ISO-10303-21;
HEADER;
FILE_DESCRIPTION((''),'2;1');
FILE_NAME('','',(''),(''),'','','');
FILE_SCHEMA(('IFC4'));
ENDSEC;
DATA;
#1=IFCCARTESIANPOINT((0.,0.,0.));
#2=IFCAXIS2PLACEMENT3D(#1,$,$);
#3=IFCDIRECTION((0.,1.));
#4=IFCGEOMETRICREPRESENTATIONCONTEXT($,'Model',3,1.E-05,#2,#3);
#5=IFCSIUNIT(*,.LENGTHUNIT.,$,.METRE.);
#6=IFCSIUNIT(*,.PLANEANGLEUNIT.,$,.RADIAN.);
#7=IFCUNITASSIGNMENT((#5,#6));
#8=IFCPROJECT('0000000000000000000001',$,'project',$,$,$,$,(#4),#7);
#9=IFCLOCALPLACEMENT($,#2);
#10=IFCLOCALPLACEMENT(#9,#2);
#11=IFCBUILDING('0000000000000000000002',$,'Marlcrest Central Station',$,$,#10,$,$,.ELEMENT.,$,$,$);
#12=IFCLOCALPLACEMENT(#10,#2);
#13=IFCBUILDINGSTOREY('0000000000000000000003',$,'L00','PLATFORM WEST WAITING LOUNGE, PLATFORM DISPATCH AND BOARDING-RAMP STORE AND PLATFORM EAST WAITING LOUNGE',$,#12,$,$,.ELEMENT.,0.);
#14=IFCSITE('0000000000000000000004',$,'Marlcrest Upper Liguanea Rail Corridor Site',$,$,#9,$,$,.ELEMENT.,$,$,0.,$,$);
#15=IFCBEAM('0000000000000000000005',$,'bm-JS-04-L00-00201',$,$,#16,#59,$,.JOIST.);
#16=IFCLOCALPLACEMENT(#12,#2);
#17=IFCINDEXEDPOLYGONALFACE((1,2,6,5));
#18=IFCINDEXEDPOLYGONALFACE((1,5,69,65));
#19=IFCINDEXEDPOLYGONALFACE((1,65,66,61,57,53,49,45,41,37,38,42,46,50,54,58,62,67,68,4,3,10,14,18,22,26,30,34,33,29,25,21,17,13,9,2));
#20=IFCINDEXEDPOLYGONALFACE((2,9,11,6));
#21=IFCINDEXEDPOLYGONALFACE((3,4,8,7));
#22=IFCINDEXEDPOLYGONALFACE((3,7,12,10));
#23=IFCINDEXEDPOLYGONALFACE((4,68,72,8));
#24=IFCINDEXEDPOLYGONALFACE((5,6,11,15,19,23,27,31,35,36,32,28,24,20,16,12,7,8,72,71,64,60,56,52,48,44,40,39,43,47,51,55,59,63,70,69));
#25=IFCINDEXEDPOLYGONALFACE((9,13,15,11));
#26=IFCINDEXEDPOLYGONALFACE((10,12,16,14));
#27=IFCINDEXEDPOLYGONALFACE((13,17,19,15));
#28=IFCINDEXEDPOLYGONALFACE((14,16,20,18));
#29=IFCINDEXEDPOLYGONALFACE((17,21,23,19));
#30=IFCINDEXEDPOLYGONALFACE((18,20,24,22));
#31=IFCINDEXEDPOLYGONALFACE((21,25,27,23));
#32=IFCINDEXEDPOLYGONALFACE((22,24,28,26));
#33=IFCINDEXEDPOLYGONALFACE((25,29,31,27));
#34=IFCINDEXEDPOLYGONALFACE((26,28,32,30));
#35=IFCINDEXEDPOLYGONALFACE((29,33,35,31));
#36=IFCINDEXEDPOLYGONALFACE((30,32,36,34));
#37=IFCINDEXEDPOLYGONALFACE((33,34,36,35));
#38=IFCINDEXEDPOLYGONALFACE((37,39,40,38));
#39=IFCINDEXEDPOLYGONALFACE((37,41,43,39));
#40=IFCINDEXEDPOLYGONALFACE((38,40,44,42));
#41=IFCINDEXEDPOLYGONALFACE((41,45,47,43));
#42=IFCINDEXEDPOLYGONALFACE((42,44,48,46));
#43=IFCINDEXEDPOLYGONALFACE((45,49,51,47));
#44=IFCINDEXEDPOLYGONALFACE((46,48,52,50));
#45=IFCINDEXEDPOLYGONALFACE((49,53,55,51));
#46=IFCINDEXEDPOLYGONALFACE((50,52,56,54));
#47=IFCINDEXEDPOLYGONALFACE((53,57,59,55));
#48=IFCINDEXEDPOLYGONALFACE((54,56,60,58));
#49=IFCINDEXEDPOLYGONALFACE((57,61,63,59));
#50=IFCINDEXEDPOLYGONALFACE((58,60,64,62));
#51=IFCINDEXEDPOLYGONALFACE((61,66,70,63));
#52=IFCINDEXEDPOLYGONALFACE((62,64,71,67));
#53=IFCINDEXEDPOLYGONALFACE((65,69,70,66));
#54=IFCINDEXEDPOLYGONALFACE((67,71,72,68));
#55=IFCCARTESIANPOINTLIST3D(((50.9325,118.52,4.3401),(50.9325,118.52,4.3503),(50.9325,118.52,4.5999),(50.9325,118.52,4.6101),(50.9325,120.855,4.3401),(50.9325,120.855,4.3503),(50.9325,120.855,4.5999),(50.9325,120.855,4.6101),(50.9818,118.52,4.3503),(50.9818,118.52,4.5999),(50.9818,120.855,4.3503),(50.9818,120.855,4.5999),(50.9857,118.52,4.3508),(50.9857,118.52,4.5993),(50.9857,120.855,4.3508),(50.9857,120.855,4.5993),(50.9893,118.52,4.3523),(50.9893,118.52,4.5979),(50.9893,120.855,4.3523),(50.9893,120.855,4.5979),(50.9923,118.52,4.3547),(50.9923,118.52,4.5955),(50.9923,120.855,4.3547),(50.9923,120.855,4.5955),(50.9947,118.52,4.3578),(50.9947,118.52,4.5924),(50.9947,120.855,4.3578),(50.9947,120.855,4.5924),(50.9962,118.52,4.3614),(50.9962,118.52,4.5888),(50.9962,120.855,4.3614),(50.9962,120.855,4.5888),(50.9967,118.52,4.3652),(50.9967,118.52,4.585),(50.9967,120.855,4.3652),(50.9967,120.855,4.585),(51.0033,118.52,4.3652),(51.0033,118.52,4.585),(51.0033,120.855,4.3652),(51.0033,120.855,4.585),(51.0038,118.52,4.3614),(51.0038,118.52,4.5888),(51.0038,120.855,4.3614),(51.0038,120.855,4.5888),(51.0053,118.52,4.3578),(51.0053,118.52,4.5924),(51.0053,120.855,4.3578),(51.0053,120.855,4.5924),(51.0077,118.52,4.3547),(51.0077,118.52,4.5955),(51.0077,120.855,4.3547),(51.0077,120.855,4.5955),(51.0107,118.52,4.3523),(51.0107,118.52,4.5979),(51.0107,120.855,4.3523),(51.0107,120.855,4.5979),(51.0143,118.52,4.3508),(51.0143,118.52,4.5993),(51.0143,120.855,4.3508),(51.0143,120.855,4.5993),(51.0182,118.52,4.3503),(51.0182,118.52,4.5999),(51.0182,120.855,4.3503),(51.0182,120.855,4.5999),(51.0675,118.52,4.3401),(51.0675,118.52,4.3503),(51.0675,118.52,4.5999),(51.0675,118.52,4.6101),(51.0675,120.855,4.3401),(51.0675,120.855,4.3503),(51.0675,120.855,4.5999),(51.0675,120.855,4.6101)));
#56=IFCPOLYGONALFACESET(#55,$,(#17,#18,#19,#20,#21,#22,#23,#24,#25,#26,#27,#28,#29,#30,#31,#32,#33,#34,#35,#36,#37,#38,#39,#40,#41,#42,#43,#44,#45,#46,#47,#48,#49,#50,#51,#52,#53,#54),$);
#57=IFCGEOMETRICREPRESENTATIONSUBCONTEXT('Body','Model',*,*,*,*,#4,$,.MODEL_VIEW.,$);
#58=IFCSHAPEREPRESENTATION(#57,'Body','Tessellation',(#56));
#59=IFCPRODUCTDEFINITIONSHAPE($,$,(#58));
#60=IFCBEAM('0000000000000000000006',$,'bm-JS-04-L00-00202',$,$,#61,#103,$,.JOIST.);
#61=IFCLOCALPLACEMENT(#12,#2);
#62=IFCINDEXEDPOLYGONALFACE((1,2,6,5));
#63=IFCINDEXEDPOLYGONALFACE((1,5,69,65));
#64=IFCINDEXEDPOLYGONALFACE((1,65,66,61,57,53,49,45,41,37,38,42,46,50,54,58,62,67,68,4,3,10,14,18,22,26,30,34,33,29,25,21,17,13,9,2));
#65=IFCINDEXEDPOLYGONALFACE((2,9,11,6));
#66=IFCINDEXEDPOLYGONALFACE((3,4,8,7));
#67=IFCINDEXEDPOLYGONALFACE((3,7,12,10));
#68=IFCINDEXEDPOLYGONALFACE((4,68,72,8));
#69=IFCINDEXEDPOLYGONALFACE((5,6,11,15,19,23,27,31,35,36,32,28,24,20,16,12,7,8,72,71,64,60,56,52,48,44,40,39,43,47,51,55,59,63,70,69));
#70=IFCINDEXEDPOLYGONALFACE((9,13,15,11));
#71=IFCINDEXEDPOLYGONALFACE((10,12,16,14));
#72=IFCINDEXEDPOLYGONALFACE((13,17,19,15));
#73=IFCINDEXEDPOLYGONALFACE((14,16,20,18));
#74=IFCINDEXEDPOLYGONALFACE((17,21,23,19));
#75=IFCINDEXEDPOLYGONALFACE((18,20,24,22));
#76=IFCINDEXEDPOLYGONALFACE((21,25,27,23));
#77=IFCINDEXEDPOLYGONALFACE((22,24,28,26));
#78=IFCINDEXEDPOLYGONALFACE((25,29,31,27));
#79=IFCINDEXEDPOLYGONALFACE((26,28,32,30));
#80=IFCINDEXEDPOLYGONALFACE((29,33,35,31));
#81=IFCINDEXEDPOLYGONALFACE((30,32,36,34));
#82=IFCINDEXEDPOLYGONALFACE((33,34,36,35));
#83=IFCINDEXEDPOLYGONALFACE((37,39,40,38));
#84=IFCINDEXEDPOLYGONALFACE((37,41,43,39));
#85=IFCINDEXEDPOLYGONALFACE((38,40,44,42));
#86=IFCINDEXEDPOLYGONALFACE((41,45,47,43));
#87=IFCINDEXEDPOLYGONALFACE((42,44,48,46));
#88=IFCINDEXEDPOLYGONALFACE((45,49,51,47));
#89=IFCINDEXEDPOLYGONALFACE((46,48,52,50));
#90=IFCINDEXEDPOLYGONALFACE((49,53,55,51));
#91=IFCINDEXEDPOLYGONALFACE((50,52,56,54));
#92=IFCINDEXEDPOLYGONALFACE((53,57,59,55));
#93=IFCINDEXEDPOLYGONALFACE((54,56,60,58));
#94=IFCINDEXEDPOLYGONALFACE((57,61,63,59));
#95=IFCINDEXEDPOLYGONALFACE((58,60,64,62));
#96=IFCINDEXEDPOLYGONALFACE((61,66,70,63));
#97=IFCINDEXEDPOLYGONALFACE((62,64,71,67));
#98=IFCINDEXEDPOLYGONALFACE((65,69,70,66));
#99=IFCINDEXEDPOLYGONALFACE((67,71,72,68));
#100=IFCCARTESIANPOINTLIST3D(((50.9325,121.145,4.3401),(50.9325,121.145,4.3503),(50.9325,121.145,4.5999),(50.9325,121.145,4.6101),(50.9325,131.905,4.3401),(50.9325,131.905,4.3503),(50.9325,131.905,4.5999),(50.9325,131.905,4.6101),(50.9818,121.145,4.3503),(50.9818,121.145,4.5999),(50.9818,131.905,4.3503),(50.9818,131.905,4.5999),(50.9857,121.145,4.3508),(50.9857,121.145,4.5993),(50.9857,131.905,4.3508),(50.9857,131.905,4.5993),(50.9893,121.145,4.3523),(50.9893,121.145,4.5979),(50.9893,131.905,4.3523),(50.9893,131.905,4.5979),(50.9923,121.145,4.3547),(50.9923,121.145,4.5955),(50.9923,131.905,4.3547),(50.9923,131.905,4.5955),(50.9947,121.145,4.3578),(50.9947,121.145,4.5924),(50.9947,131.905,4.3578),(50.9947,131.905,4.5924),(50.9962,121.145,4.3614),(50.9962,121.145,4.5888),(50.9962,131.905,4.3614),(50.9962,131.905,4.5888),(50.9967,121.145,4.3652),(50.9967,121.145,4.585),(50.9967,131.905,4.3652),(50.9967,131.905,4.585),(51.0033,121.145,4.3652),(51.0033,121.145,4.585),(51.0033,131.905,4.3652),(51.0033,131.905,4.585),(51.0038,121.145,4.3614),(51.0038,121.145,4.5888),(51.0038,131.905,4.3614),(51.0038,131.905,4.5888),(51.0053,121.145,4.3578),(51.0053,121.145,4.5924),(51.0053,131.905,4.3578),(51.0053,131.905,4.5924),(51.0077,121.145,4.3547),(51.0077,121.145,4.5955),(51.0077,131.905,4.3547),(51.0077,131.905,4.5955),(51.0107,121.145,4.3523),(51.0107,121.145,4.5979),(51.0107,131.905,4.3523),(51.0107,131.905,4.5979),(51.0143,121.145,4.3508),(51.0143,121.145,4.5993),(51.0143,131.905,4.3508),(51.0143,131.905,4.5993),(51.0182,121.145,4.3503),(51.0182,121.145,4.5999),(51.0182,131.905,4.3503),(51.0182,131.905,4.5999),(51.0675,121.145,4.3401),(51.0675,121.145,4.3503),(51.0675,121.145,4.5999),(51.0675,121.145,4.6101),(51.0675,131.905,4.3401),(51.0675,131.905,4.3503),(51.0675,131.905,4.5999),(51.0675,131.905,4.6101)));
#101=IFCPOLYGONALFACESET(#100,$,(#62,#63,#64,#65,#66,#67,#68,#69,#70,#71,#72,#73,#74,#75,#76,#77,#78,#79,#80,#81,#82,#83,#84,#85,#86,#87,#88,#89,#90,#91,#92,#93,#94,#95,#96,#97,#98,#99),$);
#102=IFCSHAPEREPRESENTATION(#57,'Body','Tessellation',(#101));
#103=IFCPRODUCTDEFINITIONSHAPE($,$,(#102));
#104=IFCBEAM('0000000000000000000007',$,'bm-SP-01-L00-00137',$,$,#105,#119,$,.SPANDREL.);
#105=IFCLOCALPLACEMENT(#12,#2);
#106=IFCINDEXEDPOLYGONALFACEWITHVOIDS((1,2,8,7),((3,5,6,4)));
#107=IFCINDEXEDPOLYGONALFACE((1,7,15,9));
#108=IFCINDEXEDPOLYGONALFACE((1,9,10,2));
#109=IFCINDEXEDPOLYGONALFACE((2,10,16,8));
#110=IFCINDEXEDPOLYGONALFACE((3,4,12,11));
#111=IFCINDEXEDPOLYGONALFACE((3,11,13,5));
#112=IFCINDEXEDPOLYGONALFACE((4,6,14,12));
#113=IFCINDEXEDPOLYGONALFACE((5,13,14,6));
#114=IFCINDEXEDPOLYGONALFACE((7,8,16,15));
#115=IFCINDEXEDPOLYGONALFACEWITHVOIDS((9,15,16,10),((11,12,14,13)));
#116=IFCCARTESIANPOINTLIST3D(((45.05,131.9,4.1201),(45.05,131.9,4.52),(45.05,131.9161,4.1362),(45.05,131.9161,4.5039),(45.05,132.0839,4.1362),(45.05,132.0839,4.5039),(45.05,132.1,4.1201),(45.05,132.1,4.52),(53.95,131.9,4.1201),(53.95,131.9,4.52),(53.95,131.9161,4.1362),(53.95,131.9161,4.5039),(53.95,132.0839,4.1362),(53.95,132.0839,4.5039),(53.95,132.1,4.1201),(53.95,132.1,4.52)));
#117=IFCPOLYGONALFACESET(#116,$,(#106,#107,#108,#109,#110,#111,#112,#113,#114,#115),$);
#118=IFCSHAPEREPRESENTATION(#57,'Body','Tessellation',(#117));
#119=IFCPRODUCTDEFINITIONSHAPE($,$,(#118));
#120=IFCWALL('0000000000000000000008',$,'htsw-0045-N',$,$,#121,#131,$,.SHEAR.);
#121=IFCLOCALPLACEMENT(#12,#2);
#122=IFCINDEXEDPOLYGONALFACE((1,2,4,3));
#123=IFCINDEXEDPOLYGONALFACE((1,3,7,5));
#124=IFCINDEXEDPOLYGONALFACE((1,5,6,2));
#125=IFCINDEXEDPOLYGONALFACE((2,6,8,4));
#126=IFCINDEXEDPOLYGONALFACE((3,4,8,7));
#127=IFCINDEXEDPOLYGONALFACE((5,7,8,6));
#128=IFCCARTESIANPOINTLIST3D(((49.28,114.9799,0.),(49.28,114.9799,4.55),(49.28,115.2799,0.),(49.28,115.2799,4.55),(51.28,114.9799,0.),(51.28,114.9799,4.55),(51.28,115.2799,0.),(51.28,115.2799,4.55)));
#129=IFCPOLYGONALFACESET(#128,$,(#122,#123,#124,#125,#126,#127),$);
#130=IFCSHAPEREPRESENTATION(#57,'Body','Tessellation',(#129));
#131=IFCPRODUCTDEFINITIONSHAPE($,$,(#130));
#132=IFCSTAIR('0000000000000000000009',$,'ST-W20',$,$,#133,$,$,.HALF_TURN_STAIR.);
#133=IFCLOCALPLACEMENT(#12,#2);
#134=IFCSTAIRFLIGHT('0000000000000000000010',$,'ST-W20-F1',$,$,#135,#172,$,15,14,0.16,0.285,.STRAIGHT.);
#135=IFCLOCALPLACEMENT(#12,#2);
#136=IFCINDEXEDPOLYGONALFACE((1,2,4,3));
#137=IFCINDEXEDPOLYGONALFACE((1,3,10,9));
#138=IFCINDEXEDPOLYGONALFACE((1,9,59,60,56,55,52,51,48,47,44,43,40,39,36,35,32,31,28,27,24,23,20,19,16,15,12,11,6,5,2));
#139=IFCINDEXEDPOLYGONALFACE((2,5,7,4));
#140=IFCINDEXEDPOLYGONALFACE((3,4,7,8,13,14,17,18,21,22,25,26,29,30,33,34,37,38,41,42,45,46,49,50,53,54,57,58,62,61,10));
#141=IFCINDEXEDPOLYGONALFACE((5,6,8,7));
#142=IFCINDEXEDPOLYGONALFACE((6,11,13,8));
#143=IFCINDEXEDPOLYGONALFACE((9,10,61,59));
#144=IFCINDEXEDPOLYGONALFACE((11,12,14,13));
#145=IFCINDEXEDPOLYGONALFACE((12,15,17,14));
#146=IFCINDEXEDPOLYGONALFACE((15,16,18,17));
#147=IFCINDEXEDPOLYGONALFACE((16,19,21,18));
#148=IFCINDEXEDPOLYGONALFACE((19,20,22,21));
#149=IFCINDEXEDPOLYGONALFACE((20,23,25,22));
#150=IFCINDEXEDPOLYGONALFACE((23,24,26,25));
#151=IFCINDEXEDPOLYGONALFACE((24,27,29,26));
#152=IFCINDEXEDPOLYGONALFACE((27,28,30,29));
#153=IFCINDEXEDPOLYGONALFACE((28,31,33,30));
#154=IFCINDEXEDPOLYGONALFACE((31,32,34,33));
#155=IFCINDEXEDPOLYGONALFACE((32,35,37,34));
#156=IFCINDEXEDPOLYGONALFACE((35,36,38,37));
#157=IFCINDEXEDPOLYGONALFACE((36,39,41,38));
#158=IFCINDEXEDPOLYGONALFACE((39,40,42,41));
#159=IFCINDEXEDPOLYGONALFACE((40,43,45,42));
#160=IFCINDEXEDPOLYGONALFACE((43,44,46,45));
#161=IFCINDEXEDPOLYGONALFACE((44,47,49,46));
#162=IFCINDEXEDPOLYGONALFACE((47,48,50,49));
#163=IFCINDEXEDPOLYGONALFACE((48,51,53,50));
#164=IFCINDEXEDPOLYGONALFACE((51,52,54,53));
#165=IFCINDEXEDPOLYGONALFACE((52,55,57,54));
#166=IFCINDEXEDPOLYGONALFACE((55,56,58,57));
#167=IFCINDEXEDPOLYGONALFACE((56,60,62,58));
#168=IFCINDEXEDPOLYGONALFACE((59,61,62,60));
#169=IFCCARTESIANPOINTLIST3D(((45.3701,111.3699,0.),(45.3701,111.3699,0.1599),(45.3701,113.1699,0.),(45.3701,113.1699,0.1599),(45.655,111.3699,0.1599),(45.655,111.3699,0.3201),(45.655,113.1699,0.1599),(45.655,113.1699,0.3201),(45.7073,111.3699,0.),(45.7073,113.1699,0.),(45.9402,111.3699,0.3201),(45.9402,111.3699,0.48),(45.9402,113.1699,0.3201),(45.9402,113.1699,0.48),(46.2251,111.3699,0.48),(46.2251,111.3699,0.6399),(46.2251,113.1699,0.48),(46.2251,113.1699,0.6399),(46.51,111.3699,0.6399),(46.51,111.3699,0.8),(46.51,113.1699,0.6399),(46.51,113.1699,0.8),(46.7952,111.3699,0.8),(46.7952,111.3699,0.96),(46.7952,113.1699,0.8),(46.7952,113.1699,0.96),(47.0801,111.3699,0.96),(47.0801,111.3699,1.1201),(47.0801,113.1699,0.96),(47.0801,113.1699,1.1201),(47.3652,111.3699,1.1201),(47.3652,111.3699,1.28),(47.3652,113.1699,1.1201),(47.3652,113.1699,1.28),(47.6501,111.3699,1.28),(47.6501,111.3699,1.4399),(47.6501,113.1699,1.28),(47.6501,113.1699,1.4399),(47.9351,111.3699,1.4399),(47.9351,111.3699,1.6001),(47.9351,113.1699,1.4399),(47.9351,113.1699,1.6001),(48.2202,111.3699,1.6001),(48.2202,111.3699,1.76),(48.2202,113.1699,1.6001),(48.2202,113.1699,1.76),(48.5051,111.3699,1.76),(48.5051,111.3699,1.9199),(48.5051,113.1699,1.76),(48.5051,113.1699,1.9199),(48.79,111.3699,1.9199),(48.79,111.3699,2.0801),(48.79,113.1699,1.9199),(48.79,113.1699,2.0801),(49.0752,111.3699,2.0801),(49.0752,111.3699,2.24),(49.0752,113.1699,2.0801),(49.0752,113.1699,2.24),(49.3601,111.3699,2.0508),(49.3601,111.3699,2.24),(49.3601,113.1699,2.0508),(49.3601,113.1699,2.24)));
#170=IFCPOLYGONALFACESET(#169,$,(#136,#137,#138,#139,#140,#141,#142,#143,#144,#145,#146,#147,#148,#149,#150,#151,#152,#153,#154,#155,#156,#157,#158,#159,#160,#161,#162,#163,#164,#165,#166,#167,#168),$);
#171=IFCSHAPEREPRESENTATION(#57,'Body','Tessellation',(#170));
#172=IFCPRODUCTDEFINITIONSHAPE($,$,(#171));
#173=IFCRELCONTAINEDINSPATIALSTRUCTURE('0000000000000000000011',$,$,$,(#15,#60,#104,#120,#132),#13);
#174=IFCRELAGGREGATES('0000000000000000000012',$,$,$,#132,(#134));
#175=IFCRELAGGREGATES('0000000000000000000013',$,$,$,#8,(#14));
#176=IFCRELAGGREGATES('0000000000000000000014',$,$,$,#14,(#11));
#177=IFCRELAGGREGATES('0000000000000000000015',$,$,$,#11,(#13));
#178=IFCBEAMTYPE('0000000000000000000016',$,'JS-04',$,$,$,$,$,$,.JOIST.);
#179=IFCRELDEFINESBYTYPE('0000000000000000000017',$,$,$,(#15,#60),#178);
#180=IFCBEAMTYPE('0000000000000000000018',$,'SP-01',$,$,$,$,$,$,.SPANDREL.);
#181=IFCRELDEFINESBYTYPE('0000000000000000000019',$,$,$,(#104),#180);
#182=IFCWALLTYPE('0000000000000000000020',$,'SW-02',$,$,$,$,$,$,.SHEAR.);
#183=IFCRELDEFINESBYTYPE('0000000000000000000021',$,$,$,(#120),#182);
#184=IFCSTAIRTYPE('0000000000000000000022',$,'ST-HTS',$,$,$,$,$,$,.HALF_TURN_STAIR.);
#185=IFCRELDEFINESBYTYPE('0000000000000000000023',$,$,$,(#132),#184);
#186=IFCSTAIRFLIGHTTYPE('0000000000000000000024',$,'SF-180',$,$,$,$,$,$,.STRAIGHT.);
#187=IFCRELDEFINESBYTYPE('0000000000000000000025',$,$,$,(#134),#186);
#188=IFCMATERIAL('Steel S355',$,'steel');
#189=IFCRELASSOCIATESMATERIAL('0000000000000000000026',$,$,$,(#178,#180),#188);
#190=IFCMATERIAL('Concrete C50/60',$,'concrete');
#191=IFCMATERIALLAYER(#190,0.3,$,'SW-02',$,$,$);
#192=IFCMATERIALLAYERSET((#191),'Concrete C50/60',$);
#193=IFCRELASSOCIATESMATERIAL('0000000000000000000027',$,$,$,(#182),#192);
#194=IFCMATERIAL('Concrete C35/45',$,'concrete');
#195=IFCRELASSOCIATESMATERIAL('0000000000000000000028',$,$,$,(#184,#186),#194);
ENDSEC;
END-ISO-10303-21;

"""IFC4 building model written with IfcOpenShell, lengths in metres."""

from ifc_helpers import new_model, si_unit, direction, frame, frame_2d, origin, origin_2d, place, context, subcontext, project, spatial, polyline, rectangle, hollow_rectangle, i_section, outline, extrude, material, layer, layer_set, material_profile, profile_set, type_object, element, aggregate, save


model = new_model("IFC4")

# Units and contexts
model_context = context("Model", 3, precision=1e-05, world=origin(), true_north=direction((0.0, 1.0)))
body_context = subcontext(model_context, "Body", "Model", "MODEL_VIEW")
ifc_project = project(units=[si_unit("LENGTHUNIT", "METRE"), si_unit("PLANEANGLEUNIT", "RADIAN")], contexts=[model_context])

# Site, building, storey
site_placement = place(None, origin())
site = spatial("IfcSite", under=ifc_project, at=site_placement, Name="Marlcrest Upper Liguanea Rail Corridor Site", CompositionType="ELEMENT", RefElevation=0.0)
building_placement = place(site_placement, origin())
building = spatial("IfcBuilding", under=site, at=building_placement, Name="Marlcrest Central Station", CompositionType="ELEMENT")
storey_placement = place(building_placement, origin())
storey = spatial("IfcBuildingStorey", under=building, at=storey_placement, Name="L00", Description="PLATFORM WEST WAITING LOUNGE, PLATFORM DISPATCH AND BOARDING-RAMP STORE AND PLATFORM EAST WAITING LOUNGE", CompositionType="ELEMENT", Elevation=0.0)

# Shared definitions
ifc_material_1 = material(Name="Steel S355", Category="steel")

# Beams
ifc_material_profile_1 = material_profile(ifc_material_1, i_section(OverallWidth=0.135, OverallDepth=0.27, WebThickness=0.0066, FlangeThickness=0.0103, FilletRadius=0.0149, at=origin_2d()), Name="IPE 270")
ifc_profile_set_1 = profile_set([ifc_material_profile_1], Name="Steel S355")
beam_type_1 = type_object("IfcBeamType", Name="JS-04", PredefinedType="JOIST", material=ifc_profile_set_1)
beam_1_placement = place(storey_placement, frame((51.0, 118.52, 4.4751), z_axis=(0.0, 1.0, 0.0), x_axis=(-1.0, 0.0, 0.0)))
element("IfcBeam", 1, at=beam_1_placement, inside=storey, type_object=beam_type_1, Name="bm-JS-04-L00-00201", PredefinedType="JOIST", context=body_context, shape_type="SweptSolid", body=[
    extrude(i_section(OverallWidth=0.135, OverallDepth=0.27, WebThickness=0.0066, FlangeThickness=0.0103, FilletRadius=0.0149, at=origin_2d()), origin(), (0.0, 0.0, 1.0), 2.335),
])
beam_2_placement = place(storey_placement, frame((51.0, 121.145, 4.4751), z_axis=(0.0, 1.0, 0.0), x_axis=(-1.0, 0.0, 0.0)))
element("IfcBeam", 2, at=beam_2_placement, inside=storey, type_object=beam_type_1, Name="bm-JS-04-L00-00202", PredefinedType="JOIST", context=body_context, shape_type="SweptSolid", body=[
    extrude(i_section(OverallWidth=0.135, OverallDepth=0.27, WebThickness=0.0066, FlangeThickness=0.0103, FilletRadius=0.0149, at=origin_2d()), origin(), (0.0, 0.0, 1.0), 10.76),
])
ifc_material_profile_2 = material_profile(ifc_material_1, hollow_rectangle(XDim=0.2, YDim=0.3999, WallThickness=0.0161, at=origin_2d()), Name="RHS 400x200x16")
ifc_profile_set_2 = profile_set([ifc_material_profile_2], Name="Steel S355")
beam_type_2 = type_object("IfcBeamType", Name="SP-01", PredefinedType="SPANDREL", material=ifc_profile_set_2)
beam_3_placement = place(storey_placement, frame((45.05, 132.0, 4.3201), z_axis=(1.0, 0.0, 0.0), x_axis=(0.0, 1.0, 0.0)))
element("IfcBeam", 3, at=beam_3_placement, inside=storey, type_object=beam_type_2, Name="bm-SP-01-L00-00137", PredefinedType="SPANDREL", context=body_context, shape_type="SweptSolid", body=[
    extrude(hollow_rectangle(XDim=0.2, YDim=0.3999, WallThickness=0.0161, at=origin_2d()), origin(), (0.0, 0.0, 1.0), 8.8999),
])

# Wall
ifc_material_2 = material(Name="Concrete C50/60", Category="concrete")
ifc_layer = layer(ifc_material_2, 0.3, Name="SW-02")
ifc_layer_set = layer_set([ifc_layer], Name="Concrete C50/60")
wall_type = type_object("IfcWallType", Name="SW-02", PredefinedType="SHEAR", material=ifc_layer_set)
wall_placement = place(storey_placement, frame((51.28, 115.1299, 0.0), z_axis=(0.0, 0.0, 1.0), x_axis=(-1.0, 0.0, 0.0)))
element("IfcWall", 4, at=wall_placement, inside=storey, type_object=wall_type, Name="htsw-0045-N", PredefinedType="SHEAR", context=body_context, shape_type="SweptSolid", body=[
    extrude(rectangle(XDim=2.0, YDim=0.3, at=frame_2d((1.0, 0.0))), origin(), (0.0, 0.0, 1.0), 4.55),
])

# Stair, stair flight
ifc_material_3 = material(Name="Concrete C35/45", Category="concrete")
stair_type = type_object("IfcStairType", Name="ST-HTS", PredefinedType="HALF_TURN_STAIR", material=ifc_material_3)
stair_placement = place(storey_placement, origin())
stair = element("IfcStair", 5, at=stair_placement, inside=storey, type_object=stair_type, Name="ST-W20", PredefinedType="HALF_TURN_STAIR")
stair_flight_type = type_object("IfcStairFlightType", Name="SF-180", PredefinedType="STRAIGHT", material=ifc_material_3)
stair_flight_1_placement = place(storey_placement, frame((45.3701, 112.27, 0.0), z_axis=(0.0, 0.0, 1.0), x_axis=(1.0, 0.0, 0.0)))
stair_flight_1 = element("IfcStairFlight", 6, at=stair_flight_1_placement, type_object=stair_flight_type, Name="ST-W20-F1", NumberOfRisers=15, NumberOfTreads=14, PredefinedType="STRAIGHT", RiserHeight=0.16, TreadLength=0.285, context=body_context, shape_type="SweptSolid", body=[
    extrude(outline(polyline([(0.0, 0.0), (0.0, 0.1599), (0.2849, 0.1599), (0.2849, 0.3201), (0.5701, 0.3201), (0.5701, 0.48), (0.855, 0.48), (0.855, 0.6399), (1.1399, 0.6399), (1.1399, 0.8), (1.425, 0.8), (1.425, 0.96), (1.71, 0.96), (1.71, 1.1201), (1.9951, 1.1201), (1.9951, 1.28), (2.28, 1.28), (2.28, 1.4399), (2.5649, 1.4399), (2.5649, 1.6001), (2.8501, 1.6001), (2.8501, 1.76), (3.135, 1.76), (3.135, 1.9199), (3.4199, 1.9199), (3.4199, 2.0801), (3.7051, 2.0801), (3.7051, 2.24), (3.99, 2.24), (3.99, 2.3999), (3.99, 2.0508), (0.3372, 0.0), (0.0, 0.0)])), frame((0.0, 0.8999, 0.0), z_axis=(0.0, -1.0, 0.0), x_axis=(1.0, 0.0, 0.0)), (0.0, 0.0, 1.0), 1.8),
])
aggregate(stair, [stair_flight_1])

save(model, "model.ifc")
